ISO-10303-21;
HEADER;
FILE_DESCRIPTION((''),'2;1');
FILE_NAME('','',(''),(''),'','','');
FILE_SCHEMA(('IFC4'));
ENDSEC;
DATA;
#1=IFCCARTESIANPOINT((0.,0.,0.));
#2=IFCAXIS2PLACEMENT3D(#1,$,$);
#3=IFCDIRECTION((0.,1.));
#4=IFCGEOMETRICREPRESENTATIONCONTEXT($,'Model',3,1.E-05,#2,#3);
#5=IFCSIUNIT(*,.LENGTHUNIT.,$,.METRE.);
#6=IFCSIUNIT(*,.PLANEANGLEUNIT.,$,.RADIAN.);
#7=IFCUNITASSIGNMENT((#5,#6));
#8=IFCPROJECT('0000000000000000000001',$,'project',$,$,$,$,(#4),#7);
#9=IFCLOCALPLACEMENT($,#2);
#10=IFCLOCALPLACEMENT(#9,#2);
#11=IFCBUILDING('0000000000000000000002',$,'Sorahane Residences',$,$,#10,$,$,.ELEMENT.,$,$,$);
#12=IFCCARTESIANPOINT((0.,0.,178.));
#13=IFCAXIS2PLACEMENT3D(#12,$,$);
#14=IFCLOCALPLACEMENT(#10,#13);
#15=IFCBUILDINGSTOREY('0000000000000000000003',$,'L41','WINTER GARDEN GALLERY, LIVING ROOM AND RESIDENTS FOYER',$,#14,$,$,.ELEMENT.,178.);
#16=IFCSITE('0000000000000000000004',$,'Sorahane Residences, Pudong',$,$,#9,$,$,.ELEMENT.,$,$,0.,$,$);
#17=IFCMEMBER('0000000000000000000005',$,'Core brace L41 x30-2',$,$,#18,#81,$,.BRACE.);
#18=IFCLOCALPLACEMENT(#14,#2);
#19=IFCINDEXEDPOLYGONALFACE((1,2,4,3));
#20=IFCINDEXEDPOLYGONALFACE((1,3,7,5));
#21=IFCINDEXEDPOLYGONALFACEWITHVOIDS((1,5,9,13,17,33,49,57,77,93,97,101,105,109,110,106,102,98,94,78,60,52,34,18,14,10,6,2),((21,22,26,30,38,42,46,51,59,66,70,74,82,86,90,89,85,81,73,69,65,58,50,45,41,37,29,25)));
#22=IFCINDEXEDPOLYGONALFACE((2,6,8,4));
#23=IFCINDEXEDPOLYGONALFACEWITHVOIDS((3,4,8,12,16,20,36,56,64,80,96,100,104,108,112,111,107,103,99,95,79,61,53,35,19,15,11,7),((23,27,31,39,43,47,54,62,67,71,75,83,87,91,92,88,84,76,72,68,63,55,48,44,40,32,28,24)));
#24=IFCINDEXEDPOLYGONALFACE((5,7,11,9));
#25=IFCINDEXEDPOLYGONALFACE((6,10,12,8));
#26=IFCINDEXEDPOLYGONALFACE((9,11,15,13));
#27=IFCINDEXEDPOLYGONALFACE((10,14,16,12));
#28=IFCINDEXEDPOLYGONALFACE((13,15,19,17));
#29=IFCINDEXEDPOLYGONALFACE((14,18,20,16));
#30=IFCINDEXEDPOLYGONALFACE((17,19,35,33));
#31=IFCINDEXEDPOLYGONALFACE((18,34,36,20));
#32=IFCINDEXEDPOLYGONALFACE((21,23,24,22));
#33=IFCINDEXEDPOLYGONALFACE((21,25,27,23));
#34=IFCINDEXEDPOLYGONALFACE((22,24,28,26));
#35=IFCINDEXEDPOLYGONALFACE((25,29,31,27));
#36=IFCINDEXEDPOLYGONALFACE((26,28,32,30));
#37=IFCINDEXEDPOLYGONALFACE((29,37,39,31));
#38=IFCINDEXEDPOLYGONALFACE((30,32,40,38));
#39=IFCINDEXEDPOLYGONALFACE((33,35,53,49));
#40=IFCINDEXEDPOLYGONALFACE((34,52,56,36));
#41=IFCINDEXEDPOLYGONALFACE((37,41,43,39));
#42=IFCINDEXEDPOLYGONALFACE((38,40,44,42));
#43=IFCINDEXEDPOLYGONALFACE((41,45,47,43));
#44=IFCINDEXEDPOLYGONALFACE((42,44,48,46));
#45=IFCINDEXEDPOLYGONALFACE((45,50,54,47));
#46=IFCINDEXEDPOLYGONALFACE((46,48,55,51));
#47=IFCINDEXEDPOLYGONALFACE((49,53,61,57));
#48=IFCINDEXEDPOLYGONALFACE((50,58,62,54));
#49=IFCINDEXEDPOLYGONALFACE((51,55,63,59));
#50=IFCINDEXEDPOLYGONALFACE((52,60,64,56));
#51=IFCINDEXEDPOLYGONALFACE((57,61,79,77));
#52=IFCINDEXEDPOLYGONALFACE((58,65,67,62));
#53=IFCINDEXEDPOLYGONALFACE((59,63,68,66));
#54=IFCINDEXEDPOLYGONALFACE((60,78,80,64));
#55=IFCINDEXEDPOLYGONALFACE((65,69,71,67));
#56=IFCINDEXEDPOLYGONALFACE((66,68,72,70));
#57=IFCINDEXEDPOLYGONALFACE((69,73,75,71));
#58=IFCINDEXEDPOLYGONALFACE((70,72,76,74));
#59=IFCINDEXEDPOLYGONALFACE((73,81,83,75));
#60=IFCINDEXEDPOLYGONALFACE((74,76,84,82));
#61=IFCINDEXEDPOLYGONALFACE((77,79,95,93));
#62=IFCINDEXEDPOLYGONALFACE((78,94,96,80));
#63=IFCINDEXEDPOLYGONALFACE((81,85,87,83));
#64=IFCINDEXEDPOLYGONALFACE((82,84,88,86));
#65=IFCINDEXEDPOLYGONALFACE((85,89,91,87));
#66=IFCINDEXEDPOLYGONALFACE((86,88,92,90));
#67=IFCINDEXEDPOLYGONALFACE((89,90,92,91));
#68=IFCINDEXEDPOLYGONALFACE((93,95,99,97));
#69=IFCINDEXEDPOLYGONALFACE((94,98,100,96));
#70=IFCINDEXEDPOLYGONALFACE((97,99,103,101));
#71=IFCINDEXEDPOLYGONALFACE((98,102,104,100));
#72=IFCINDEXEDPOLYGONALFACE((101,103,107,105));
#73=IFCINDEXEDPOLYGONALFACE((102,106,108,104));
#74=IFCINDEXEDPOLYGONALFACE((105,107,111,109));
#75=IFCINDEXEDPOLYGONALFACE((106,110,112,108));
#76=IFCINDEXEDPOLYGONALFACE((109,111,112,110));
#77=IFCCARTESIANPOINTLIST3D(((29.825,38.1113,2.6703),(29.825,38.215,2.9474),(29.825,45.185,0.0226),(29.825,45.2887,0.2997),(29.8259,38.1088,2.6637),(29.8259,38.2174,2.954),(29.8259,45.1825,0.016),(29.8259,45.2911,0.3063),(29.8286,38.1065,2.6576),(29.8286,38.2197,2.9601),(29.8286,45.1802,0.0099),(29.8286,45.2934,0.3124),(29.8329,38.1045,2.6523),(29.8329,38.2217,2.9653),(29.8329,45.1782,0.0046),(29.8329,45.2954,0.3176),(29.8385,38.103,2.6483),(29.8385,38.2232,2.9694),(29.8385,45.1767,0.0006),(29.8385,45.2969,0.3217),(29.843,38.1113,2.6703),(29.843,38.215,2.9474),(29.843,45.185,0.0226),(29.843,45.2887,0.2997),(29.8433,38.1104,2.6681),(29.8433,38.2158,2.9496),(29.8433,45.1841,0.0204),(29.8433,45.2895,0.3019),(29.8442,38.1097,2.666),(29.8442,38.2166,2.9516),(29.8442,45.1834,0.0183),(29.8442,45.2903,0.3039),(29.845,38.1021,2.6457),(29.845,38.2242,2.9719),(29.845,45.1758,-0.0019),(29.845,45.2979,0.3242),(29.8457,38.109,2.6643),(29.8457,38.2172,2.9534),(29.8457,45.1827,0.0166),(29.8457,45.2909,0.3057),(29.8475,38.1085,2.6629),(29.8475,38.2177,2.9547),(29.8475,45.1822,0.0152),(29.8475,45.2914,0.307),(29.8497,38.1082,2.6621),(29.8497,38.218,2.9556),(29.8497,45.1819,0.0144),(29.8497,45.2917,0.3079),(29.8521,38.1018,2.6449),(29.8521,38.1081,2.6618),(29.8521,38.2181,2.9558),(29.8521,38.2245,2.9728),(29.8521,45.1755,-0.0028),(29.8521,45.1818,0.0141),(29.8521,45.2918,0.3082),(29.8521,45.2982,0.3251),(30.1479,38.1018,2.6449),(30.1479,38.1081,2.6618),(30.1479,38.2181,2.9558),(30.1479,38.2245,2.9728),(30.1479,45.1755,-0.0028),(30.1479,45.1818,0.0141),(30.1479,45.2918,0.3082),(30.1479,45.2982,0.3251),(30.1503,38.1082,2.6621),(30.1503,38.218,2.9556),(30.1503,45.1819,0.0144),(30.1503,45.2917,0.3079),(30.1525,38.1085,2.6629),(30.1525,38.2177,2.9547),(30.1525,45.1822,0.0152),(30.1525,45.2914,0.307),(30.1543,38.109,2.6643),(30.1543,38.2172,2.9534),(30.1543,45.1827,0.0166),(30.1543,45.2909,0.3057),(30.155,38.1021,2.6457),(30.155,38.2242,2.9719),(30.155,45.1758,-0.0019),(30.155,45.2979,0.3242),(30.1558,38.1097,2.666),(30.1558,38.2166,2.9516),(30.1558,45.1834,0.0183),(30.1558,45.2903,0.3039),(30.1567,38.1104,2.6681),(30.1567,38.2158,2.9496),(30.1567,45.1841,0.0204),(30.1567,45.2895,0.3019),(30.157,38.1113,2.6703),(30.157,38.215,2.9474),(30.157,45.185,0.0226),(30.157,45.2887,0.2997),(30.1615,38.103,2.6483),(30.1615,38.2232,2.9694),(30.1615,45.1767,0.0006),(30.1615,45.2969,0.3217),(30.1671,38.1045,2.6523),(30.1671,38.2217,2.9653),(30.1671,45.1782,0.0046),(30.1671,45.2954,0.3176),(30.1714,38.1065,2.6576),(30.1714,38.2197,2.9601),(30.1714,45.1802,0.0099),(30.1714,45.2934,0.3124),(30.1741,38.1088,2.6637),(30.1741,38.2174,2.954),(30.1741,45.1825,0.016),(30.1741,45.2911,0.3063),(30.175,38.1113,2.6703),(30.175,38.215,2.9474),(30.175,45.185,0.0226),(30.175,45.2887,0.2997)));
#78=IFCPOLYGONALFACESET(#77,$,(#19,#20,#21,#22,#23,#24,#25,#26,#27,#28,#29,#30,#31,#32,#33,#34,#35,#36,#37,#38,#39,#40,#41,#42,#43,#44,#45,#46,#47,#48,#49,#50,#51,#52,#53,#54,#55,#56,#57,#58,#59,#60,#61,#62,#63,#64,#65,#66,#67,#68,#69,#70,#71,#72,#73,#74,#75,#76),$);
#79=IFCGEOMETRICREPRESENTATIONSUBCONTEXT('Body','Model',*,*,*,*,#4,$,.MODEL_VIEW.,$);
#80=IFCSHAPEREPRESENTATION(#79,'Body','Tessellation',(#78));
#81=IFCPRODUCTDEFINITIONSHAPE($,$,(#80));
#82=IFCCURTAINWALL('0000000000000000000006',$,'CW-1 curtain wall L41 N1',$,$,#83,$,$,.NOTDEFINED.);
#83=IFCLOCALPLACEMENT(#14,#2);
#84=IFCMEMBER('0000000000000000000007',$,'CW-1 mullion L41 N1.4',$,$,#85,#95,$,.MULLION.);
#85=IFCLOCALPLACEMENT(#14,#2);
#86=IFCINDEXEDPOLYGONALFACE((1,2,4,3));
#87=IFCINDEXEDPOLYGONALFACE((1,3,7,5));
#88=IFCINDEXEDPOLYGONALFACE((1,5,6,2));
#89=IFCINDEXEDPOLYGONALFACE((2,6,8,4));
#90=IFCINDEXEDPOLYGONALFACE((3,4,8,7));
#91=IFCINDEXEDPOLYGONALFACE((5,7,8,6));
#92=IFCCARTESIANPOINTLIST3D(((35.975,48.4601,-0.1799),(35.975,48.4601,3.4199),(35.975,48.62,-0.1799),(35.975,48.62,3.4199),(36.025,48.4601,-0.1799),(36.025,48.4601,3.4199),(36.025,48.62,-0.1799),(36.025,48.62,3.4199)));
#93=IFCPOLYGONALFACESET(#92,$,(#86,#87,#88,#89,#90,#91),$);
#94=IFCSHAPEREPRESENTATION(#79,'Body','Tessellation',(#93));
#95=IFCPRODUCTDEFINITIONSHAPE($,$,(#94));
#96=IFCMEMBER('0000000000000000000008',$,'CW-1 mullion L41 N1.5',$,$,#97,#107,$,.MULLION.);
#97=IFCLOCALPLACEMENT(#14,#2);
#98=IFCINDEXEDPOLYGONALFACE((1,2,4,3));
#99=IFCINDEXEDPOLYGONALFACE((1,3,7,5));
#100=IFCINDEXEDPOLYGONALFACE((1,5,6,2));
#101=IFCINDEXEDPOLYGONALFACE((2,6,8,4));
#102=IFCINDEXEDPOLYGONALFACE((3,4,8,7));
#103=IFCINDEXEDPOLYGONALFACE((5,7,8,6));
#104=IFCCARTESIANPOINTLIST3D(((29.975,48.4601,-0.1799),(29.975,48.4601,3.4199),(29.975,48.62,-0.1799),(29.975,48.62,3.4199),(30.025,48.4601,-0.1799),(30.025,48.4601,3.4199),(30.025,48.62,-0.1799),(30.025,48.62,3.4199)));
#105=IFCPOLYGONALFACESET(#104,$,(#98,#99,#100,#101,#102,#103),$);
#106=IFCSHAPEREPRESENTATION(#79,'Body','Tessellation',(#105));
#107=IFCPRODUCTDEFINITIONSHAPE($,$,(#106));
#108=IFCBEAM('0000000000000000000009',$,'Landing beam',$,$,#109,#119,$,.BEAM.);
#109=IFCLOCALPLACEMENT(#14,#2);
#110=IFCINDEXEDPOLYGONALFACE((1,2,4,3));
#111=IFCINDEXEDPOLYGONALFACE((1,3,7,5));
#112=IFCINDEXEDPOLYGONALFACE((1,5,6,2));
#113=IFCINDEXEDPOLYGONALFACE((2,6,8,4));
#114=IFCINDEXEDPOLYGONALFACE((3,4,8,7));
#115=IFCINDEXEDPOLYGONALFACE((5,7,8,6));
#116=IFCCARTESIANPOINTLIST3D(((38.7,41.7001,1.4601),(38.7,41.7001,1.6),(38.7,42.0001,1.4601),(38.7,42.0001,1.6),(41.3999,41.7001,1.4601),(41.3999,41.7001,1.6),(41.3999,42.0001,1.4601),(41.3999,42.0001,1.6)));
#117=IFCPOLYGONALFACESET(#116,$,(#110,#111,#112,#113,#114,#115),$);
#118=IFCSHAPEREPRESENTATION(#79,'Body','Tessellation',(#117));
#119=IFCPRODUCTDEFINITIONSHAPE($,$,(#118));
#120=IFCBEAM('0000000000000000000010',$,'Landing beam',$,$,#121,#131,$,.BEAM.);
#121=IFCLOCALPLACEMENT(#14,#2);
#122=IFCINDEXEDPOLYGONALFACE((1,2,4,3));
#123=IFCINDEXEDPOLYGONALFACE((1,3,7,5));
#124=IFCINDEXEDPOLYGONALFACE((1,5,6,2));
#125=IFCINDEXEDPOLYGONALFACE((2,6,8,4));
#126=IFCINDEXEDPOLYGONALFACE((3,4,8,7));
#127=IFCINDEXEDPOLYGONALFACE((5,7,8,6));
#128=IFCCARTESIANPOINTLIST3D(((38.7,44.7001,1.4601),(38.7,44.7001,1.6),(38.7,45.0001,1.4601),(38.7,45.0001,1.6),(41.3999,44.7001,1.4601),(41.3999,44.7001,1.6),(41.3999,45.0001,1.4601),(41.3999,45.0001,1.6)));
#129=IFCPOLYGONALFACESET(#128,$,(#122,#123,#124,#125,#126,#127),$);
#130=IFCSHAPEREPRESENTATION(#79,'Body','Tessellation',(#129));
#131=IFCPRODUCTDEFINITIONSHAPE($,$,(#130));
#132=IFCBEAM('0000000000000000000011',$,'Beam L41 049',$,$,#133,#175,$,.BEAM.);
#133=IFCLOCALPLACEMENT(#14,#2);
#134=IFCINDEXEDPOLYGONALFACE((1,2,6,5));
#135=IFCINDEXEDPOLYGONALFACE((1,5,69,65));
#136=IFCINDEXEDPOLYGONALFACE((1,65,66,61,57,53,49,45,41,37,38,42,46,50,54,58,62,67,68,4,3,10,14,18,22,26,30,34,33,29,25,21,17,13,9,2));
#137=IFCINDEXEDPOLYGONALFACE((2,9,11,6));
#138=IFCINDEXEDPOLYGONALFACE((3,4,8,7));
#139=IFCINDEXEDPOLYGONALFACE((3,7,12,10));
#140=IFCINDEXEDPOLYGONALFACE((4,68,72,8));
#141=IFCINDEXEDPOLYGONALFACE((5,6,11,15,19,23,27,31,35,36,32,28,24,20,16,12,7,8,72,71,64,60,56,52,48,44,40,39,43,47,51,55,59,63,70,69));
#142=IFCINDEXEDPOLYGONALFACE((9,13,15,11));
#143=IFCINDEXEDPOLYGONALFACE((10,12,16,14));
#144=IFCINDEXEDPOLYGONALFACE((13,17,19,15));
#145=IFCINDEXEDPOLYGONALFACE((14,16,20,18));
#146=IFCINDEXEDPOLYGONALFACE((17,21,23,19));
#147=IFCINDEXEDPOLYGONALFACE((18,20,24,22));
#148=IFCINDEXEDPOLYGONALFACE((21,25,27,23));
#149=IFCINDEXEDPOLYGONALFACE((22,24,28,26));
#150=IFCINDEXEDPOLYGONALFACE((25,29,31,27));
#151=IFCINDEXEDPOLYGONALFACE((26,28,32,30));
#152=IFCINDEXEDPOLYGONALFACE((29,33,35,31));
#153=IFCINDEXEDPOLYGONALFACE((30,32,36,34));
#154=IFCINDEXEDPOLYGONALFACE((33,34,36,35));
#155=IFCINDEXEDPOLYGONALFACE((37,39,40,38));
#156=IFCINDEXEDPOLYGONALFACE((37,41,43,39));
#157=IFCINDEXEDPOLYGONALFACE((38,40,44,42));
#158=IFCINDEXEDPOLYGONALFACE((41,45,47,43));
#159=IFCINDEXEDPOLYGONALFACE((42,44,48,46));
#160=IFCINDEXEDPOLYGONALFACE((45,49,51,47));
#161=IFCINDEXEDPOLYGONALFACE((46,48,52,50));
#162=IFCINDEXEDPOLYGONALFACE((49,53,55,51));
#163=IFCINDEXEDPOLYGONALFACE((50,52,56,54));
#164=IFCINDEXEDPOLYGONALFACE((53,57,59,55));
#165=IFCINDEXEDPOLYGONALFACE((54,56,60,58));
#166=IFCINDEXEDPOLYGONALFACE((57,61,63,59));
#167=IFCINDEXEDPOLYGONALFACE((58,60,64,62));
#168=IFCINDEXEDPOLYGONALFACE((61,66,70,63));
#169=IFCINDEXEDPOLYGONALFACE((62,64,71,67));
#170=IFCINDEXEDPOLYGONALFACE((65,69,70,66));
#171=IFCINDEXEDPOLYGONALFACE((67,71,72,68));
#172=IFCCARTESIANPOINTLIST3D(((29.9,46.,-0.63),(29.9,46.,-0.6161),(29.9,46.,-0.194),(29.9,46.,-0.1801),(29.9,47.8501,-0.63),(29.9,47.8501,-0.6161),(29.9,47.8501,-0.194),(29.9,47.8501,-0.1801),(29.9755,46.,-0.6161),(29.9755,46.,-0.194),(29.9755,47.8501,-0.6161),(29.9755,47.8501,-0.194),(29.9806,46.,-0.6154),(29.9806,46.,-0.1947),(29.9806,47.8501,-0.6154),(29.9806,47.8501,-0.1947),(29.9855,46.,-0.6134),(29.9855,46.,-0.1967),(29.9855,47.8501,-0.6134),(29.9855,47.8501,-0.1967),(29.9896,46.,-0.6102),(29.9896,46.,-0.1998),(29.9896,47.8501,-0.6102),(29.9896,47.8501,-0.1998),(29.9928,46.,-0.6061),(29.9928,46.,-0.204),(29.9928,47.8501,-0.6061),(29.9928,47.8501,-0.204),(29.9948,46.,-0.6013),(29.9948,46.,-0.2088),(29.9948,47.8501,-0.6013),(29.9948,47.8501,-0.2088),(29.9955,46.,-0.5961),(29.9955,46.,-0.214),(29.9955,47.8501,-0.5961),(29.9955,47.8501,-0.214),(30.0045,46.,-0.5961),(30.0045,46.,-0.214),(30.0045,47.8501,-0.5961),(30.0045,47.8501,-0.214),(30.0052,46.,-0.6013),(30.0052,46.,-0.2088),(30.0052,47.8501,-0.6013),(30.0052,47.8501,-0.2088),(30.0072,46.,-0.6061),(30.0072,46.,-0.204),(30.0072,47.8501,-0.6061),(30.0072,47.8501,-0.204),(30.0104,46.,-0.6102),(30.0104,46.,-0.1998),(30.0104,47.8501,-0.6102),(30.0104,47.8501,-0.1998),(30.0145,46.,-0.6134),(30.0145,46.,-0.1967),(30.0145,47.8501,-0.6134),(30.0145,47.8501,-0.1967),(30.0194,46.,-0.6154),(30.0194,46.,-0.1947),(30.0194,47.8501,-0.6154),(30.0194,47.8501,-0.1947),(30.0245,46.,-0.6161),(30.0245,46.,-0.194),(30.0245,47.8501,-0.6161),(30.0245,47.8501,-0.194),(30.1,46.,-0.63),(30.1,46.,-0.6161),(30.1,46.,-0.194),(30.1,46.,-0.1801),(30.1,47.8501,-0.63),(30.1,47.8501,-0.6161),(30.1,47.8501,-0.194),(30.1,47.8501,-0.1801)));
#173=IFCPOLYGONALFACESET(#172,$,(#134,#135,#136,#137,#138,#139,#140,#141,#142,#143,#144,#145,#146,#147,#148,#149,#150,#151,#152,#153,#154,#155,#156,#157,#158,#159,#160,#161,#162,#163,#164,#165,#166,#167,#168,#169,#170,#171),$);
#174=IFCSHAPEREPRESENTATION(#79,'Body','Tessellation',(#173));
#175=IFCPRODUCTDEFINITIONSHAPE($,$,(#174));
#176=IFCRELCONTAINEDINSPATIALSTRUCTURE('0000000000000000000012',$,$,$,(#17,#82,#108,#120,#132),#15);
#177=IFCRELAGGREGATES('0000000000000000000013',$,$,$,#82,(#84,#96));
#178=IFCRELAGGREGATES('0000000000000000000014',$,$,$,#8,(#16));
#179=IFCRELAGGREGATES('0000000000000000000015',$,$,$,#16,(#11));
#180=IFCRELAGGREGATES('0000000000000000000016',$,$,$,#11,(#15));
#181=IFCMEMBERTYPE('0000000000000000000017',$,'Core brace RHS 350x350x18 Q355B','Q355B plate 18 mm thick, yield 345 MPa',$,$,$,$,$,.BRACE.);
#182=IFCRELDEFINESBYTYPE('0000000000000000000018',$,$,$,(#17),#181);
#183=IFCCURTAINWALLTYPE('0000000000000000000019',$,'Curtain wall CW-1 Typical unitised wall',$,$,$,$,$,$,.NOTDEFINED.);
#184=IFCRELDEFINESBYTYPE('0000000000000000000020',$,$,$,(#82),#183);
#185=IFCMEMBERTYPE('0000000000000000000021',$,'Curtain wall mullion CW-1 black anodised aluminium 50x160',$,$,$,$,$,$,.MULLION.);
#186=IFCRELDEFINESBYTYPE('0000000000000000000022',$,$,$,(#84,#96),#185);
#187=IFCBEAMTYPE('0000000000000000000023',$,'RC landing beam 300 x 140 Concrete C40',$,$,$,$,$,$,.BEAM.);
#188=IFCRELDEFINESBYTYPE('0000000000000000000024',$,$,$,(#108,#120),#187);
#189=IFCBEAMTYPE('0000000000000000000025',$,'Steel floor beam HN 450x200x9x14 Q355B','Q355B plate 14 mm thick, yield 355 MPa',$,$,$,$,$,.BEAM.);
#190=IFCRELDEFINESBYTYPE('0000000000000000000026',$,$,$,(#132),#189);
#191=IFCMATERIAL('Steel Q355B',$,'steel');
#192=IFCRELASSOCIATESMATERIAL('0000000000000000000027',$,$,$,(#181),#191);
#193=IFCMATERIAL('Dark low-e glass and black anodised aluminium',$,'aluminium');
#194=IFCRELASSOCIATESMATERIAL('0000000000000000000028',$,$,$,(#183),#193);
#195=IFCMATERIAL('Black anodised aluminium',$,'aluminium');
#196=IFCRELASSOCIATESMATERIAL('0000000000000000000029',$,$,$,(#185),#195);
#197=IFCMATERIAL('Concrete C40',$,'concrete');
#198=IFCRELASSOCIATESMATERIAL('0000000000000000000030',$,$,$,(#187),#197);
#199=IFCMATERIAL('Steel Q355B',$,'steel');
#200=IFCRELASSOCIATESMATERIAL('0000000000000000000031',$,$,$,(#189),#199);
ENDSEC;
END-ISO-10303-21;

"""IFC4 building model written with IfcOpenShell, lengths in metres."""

from ifc_helpers import new_model, si_unit, direction, frame, origin, origin_2d, place, context, subcontext, project, spatial, rectangle, hollow_rectangle, i_section, extrude, material, material_profile, profile_set, type_object, element, aggregate, save


model = new_model("IFC4")

# Units and contexts
model_context = context("Model", 3, precision=1e-05, world=origin(), true_north=direction((0.0, 1.0)))
body_context = subcontext(model_context, "Body", "Model", "MODEL_VIEW")
ifc_project = project(units=[si_unit("LENGTHUNIT", "METRE"), si_unit("PLANEANGLEUNIT", "RADIAN")], contexts=[model_context])

# Site, building, storey
site_placement = place(None, origin())
site = spatial("IfcSite", under=ifc_project, at=site_placement, Name="Sorahane Residences, Pudong", CompositionType="ELEMENT", RefElevation=0.0)
building_placement = place(site_placement, origin())
building = spatial("IfcBuilding", under=site, at=building_placement, Name="Sorahane Residences", CompositionType="ELEMENT")
storey_placement = place(building_placement, frame((0.0, 0.0, 178.0)))
storey = spatial("IfcBuildingStorey", under=building, at=storey_placement, Name="L41", Description="WINTER GARDEN GALLERY, LIVING ROOM AND RESIDENTS FOYER", CompositionType="ELEMENT", Elevation=178.0)

# Member
ifc_material_1 = material(Name="Steel Q355B", Category="steel")
ifc_material_profile_1 = material_profile(ifc_material_1, hollow_rectangle(XDim=0.3501, YDim=0.3501, WallThickness=0.0181, InnerFilletRadius=0.009, OuterFilletRadius=0.0271, at=origin_2d()), Name="RHS 350x350x18")
ifc_profile_set_1 = profile_set([ifc_material_profile_1], Name="Steel Q355B")
member_type_1 = type_object("IfcMemberType", Name="Core brace RHS 350x350x18 Q355B", Description="Q355B plate 18 mm thick, yield 345 MPa", PredefinedType="BRACE", material=ifc_profile_set_1)
member_1_placement = place(storey_placement, frame((30.0, 45.2368, 0.1611), z_axis=(0.0, -0.936544, 0.35055), x_axis=(1.0, 0.0, 0.0)))
element("IfcMember", 1, at=member_1_placement, inside=storey, type_object=member_type_1, Name="Core brace L41 x30-2", PredefinedType="BRACE", context=body_context, shape_type="SweptSolid", body=[
    extrude(hollow_rectangle(XDim=0.3501, YDim=0.3501, WallThickness=0.0181, InnerFilletRadius=0.009, OuterFilletRadius=0.0271, at=origin_2d()), origin(), (0.0, 0.0, 1.0), 7.553),
])

# Curtain wall, members
ifc_material_2 = material(Name="Dark low-e glass and black anodised aluminium", Category="aluminium")
curtain_wall_type = type_object("IfcCurtainWallType", Name="Curtain wall CW-1 Typical unitised wall", PredefinedType="NOTDEFINED", material=ifc_material_2)
curtain_wall_placement = place(storey_placement, origin())
curtain_wall = element("IfcCurtainWall", 2, at=curtain_wall_placement, inside=storey, type_object=curtain_wall_type, Name="CW-1 curtain wall L41 N1", PredefinedType="NOTDEFINED")
ifc_material_3 = material(Name="Black anodised aluminium", Category="aluminium")
ifc_material_profile_2 = material_profile(ifc_material_3, rectangle(XDim=0.1599, YDim=0.05, at=origin_2d()), Name="Curtain wall mullion CW-1 black anodised aluminium 50x160")
ifc_profile_set_2 = profile_set([ifc_material_profile_2], Name="Black anodised aluminium")
member_type_2 = type_object("IfcMemberType", Name="Curtain wall mullion CW-1 black anodised aluminium 50x160", PredefinedType="MULLION", material=ifc_profile_set_2)
member_2_placement = place(storey_placement, frame((36.0, 48.54, -0.1799), z_axis=(0.0, 0.0, 1.0), x_axis=(0.0, 1.0, 0.0)))
member_2 = element("IfcMember", 3, at=member_2_placement, type_object=member_type_2, Name="CW-1 mullion L41 N1.4", PredefinedType="MULLION", context=body_context, shape_type="SweptSolid", body=[
    extrude(rectangle(XDim=0.1599, YDim=0.05, at=origin_2d()), origin(), (0.0, 0.0, 1.0), 3.5999),
])
member_3_placement = place(storey_placement, frame((30.0, 48.54, -0.1799), z_axis=(0.0, 0.0, 1.0), x_axis=(0.0, 1.0, 0.0)))
member_3 = element("IfcMember", 4, at=member_3_placement, type_object=member_type_2, Name="CW-1 mullion L41 N1.5", PredefinedType="MULLION", context=body_context, shape_type="SweptSolid", body=[
    extrude(rectangle(XDim=0.1599, YDim=0.05, at=origin_2d()), origin(), (0.0, 0.0, 1.0), 3.5999),
])

# Beams
ifc_material_4 = material(Name="Concrete C40", Category="concrete")
ifc_material_profile_3 = material_profile(ifc_material_4, rectangle(XDim=0.3, YDim=0.1399, at=origin_2d()), Name="300x140")
ifc_profile_set_3 = profile_set([ifc_material_profile_3], Name="Concrete C40")
beam_type_1 = type_object("IfcBeamType", Name="RC landing beam 300 x 140 Concrete C40", PredefinedType="BEAM", material=ifc_profile_set_3)
for number, where, z_axis, x_axis, name in (
    (5, (38.7, 41.8501, 1.53), (1.0, 0.0, 0.0), (0.0, 1.0, 0.0), "Landing beam"),
    (6, (38.7, 44.8501, 1.53), (1.0, 0.0, 0.0), (0.0, 1.0, 0.0), "Landing beam"),
):
    element("IfcBeam", number, at=place(storey_placement, frame(where, z_axis=z_axis, x_axis=x_axis)), inside=storey, type_object=beam_type_1, Name=name, PredefinedType="BEAM", context=body_context, shape_type="SweptSolid", body=[
        extrude(rectangle(XDim=0.3, YDim=0.1399, at=origin_2d()), origin(), (0.0, 0.0, 1.0), 2.7),
    ])
ifc_material_5 = material(Name="Steel Q355B", Category="steel")
ifc_material_profile_4 = material_profile(ifc_material_5, i_section(OverallWidth=0.2, OverallDepth=0.45, WebThickness=0.009, FlangeThickness=0.0139, FilletRadius=0.02, at=origin_2d()), Name="HN 450x200x9x14")
ifc_profile_set_4 = profile_set([ifc_material_profile_4], Name="Steel Q355B")
beam_type_2 = type_object("IfcBeamType", Name="Steel floor beam HN 450x200x9x14 Q355B", Description="Q355B plate 14 mm thick, yield 355 MPa", PredefinedType="BEAM", material=ifc_profile_set_4)
beam_1_placement = place(storey_placement, frame((30.0, 46.0, -0.405), z_axis=(0.0, 1.0, 0.0), x_axis=(-1.0, 0.0, 0.0)))
element("IfcBeam", 7, at=beam_1_placement, inside=storey, type_object=beam_type_2, Name="Beam L41 049", PredefinedType="BEAM", context=body_context, shape_type="SweptSolid", body=[
    extrude(i_section(OverallWidth=0.2, OverallDepth=0.45, WebThickness=0.009, FlangeThickness=0.0139, FilletRadius=0.02, at=origin_2d()), origin(), (0.0, 0.0, 1.0), 1.8501),
])

aggregate(curtain_wall, [member_2, member_3])

save(model, "model.ifc")
